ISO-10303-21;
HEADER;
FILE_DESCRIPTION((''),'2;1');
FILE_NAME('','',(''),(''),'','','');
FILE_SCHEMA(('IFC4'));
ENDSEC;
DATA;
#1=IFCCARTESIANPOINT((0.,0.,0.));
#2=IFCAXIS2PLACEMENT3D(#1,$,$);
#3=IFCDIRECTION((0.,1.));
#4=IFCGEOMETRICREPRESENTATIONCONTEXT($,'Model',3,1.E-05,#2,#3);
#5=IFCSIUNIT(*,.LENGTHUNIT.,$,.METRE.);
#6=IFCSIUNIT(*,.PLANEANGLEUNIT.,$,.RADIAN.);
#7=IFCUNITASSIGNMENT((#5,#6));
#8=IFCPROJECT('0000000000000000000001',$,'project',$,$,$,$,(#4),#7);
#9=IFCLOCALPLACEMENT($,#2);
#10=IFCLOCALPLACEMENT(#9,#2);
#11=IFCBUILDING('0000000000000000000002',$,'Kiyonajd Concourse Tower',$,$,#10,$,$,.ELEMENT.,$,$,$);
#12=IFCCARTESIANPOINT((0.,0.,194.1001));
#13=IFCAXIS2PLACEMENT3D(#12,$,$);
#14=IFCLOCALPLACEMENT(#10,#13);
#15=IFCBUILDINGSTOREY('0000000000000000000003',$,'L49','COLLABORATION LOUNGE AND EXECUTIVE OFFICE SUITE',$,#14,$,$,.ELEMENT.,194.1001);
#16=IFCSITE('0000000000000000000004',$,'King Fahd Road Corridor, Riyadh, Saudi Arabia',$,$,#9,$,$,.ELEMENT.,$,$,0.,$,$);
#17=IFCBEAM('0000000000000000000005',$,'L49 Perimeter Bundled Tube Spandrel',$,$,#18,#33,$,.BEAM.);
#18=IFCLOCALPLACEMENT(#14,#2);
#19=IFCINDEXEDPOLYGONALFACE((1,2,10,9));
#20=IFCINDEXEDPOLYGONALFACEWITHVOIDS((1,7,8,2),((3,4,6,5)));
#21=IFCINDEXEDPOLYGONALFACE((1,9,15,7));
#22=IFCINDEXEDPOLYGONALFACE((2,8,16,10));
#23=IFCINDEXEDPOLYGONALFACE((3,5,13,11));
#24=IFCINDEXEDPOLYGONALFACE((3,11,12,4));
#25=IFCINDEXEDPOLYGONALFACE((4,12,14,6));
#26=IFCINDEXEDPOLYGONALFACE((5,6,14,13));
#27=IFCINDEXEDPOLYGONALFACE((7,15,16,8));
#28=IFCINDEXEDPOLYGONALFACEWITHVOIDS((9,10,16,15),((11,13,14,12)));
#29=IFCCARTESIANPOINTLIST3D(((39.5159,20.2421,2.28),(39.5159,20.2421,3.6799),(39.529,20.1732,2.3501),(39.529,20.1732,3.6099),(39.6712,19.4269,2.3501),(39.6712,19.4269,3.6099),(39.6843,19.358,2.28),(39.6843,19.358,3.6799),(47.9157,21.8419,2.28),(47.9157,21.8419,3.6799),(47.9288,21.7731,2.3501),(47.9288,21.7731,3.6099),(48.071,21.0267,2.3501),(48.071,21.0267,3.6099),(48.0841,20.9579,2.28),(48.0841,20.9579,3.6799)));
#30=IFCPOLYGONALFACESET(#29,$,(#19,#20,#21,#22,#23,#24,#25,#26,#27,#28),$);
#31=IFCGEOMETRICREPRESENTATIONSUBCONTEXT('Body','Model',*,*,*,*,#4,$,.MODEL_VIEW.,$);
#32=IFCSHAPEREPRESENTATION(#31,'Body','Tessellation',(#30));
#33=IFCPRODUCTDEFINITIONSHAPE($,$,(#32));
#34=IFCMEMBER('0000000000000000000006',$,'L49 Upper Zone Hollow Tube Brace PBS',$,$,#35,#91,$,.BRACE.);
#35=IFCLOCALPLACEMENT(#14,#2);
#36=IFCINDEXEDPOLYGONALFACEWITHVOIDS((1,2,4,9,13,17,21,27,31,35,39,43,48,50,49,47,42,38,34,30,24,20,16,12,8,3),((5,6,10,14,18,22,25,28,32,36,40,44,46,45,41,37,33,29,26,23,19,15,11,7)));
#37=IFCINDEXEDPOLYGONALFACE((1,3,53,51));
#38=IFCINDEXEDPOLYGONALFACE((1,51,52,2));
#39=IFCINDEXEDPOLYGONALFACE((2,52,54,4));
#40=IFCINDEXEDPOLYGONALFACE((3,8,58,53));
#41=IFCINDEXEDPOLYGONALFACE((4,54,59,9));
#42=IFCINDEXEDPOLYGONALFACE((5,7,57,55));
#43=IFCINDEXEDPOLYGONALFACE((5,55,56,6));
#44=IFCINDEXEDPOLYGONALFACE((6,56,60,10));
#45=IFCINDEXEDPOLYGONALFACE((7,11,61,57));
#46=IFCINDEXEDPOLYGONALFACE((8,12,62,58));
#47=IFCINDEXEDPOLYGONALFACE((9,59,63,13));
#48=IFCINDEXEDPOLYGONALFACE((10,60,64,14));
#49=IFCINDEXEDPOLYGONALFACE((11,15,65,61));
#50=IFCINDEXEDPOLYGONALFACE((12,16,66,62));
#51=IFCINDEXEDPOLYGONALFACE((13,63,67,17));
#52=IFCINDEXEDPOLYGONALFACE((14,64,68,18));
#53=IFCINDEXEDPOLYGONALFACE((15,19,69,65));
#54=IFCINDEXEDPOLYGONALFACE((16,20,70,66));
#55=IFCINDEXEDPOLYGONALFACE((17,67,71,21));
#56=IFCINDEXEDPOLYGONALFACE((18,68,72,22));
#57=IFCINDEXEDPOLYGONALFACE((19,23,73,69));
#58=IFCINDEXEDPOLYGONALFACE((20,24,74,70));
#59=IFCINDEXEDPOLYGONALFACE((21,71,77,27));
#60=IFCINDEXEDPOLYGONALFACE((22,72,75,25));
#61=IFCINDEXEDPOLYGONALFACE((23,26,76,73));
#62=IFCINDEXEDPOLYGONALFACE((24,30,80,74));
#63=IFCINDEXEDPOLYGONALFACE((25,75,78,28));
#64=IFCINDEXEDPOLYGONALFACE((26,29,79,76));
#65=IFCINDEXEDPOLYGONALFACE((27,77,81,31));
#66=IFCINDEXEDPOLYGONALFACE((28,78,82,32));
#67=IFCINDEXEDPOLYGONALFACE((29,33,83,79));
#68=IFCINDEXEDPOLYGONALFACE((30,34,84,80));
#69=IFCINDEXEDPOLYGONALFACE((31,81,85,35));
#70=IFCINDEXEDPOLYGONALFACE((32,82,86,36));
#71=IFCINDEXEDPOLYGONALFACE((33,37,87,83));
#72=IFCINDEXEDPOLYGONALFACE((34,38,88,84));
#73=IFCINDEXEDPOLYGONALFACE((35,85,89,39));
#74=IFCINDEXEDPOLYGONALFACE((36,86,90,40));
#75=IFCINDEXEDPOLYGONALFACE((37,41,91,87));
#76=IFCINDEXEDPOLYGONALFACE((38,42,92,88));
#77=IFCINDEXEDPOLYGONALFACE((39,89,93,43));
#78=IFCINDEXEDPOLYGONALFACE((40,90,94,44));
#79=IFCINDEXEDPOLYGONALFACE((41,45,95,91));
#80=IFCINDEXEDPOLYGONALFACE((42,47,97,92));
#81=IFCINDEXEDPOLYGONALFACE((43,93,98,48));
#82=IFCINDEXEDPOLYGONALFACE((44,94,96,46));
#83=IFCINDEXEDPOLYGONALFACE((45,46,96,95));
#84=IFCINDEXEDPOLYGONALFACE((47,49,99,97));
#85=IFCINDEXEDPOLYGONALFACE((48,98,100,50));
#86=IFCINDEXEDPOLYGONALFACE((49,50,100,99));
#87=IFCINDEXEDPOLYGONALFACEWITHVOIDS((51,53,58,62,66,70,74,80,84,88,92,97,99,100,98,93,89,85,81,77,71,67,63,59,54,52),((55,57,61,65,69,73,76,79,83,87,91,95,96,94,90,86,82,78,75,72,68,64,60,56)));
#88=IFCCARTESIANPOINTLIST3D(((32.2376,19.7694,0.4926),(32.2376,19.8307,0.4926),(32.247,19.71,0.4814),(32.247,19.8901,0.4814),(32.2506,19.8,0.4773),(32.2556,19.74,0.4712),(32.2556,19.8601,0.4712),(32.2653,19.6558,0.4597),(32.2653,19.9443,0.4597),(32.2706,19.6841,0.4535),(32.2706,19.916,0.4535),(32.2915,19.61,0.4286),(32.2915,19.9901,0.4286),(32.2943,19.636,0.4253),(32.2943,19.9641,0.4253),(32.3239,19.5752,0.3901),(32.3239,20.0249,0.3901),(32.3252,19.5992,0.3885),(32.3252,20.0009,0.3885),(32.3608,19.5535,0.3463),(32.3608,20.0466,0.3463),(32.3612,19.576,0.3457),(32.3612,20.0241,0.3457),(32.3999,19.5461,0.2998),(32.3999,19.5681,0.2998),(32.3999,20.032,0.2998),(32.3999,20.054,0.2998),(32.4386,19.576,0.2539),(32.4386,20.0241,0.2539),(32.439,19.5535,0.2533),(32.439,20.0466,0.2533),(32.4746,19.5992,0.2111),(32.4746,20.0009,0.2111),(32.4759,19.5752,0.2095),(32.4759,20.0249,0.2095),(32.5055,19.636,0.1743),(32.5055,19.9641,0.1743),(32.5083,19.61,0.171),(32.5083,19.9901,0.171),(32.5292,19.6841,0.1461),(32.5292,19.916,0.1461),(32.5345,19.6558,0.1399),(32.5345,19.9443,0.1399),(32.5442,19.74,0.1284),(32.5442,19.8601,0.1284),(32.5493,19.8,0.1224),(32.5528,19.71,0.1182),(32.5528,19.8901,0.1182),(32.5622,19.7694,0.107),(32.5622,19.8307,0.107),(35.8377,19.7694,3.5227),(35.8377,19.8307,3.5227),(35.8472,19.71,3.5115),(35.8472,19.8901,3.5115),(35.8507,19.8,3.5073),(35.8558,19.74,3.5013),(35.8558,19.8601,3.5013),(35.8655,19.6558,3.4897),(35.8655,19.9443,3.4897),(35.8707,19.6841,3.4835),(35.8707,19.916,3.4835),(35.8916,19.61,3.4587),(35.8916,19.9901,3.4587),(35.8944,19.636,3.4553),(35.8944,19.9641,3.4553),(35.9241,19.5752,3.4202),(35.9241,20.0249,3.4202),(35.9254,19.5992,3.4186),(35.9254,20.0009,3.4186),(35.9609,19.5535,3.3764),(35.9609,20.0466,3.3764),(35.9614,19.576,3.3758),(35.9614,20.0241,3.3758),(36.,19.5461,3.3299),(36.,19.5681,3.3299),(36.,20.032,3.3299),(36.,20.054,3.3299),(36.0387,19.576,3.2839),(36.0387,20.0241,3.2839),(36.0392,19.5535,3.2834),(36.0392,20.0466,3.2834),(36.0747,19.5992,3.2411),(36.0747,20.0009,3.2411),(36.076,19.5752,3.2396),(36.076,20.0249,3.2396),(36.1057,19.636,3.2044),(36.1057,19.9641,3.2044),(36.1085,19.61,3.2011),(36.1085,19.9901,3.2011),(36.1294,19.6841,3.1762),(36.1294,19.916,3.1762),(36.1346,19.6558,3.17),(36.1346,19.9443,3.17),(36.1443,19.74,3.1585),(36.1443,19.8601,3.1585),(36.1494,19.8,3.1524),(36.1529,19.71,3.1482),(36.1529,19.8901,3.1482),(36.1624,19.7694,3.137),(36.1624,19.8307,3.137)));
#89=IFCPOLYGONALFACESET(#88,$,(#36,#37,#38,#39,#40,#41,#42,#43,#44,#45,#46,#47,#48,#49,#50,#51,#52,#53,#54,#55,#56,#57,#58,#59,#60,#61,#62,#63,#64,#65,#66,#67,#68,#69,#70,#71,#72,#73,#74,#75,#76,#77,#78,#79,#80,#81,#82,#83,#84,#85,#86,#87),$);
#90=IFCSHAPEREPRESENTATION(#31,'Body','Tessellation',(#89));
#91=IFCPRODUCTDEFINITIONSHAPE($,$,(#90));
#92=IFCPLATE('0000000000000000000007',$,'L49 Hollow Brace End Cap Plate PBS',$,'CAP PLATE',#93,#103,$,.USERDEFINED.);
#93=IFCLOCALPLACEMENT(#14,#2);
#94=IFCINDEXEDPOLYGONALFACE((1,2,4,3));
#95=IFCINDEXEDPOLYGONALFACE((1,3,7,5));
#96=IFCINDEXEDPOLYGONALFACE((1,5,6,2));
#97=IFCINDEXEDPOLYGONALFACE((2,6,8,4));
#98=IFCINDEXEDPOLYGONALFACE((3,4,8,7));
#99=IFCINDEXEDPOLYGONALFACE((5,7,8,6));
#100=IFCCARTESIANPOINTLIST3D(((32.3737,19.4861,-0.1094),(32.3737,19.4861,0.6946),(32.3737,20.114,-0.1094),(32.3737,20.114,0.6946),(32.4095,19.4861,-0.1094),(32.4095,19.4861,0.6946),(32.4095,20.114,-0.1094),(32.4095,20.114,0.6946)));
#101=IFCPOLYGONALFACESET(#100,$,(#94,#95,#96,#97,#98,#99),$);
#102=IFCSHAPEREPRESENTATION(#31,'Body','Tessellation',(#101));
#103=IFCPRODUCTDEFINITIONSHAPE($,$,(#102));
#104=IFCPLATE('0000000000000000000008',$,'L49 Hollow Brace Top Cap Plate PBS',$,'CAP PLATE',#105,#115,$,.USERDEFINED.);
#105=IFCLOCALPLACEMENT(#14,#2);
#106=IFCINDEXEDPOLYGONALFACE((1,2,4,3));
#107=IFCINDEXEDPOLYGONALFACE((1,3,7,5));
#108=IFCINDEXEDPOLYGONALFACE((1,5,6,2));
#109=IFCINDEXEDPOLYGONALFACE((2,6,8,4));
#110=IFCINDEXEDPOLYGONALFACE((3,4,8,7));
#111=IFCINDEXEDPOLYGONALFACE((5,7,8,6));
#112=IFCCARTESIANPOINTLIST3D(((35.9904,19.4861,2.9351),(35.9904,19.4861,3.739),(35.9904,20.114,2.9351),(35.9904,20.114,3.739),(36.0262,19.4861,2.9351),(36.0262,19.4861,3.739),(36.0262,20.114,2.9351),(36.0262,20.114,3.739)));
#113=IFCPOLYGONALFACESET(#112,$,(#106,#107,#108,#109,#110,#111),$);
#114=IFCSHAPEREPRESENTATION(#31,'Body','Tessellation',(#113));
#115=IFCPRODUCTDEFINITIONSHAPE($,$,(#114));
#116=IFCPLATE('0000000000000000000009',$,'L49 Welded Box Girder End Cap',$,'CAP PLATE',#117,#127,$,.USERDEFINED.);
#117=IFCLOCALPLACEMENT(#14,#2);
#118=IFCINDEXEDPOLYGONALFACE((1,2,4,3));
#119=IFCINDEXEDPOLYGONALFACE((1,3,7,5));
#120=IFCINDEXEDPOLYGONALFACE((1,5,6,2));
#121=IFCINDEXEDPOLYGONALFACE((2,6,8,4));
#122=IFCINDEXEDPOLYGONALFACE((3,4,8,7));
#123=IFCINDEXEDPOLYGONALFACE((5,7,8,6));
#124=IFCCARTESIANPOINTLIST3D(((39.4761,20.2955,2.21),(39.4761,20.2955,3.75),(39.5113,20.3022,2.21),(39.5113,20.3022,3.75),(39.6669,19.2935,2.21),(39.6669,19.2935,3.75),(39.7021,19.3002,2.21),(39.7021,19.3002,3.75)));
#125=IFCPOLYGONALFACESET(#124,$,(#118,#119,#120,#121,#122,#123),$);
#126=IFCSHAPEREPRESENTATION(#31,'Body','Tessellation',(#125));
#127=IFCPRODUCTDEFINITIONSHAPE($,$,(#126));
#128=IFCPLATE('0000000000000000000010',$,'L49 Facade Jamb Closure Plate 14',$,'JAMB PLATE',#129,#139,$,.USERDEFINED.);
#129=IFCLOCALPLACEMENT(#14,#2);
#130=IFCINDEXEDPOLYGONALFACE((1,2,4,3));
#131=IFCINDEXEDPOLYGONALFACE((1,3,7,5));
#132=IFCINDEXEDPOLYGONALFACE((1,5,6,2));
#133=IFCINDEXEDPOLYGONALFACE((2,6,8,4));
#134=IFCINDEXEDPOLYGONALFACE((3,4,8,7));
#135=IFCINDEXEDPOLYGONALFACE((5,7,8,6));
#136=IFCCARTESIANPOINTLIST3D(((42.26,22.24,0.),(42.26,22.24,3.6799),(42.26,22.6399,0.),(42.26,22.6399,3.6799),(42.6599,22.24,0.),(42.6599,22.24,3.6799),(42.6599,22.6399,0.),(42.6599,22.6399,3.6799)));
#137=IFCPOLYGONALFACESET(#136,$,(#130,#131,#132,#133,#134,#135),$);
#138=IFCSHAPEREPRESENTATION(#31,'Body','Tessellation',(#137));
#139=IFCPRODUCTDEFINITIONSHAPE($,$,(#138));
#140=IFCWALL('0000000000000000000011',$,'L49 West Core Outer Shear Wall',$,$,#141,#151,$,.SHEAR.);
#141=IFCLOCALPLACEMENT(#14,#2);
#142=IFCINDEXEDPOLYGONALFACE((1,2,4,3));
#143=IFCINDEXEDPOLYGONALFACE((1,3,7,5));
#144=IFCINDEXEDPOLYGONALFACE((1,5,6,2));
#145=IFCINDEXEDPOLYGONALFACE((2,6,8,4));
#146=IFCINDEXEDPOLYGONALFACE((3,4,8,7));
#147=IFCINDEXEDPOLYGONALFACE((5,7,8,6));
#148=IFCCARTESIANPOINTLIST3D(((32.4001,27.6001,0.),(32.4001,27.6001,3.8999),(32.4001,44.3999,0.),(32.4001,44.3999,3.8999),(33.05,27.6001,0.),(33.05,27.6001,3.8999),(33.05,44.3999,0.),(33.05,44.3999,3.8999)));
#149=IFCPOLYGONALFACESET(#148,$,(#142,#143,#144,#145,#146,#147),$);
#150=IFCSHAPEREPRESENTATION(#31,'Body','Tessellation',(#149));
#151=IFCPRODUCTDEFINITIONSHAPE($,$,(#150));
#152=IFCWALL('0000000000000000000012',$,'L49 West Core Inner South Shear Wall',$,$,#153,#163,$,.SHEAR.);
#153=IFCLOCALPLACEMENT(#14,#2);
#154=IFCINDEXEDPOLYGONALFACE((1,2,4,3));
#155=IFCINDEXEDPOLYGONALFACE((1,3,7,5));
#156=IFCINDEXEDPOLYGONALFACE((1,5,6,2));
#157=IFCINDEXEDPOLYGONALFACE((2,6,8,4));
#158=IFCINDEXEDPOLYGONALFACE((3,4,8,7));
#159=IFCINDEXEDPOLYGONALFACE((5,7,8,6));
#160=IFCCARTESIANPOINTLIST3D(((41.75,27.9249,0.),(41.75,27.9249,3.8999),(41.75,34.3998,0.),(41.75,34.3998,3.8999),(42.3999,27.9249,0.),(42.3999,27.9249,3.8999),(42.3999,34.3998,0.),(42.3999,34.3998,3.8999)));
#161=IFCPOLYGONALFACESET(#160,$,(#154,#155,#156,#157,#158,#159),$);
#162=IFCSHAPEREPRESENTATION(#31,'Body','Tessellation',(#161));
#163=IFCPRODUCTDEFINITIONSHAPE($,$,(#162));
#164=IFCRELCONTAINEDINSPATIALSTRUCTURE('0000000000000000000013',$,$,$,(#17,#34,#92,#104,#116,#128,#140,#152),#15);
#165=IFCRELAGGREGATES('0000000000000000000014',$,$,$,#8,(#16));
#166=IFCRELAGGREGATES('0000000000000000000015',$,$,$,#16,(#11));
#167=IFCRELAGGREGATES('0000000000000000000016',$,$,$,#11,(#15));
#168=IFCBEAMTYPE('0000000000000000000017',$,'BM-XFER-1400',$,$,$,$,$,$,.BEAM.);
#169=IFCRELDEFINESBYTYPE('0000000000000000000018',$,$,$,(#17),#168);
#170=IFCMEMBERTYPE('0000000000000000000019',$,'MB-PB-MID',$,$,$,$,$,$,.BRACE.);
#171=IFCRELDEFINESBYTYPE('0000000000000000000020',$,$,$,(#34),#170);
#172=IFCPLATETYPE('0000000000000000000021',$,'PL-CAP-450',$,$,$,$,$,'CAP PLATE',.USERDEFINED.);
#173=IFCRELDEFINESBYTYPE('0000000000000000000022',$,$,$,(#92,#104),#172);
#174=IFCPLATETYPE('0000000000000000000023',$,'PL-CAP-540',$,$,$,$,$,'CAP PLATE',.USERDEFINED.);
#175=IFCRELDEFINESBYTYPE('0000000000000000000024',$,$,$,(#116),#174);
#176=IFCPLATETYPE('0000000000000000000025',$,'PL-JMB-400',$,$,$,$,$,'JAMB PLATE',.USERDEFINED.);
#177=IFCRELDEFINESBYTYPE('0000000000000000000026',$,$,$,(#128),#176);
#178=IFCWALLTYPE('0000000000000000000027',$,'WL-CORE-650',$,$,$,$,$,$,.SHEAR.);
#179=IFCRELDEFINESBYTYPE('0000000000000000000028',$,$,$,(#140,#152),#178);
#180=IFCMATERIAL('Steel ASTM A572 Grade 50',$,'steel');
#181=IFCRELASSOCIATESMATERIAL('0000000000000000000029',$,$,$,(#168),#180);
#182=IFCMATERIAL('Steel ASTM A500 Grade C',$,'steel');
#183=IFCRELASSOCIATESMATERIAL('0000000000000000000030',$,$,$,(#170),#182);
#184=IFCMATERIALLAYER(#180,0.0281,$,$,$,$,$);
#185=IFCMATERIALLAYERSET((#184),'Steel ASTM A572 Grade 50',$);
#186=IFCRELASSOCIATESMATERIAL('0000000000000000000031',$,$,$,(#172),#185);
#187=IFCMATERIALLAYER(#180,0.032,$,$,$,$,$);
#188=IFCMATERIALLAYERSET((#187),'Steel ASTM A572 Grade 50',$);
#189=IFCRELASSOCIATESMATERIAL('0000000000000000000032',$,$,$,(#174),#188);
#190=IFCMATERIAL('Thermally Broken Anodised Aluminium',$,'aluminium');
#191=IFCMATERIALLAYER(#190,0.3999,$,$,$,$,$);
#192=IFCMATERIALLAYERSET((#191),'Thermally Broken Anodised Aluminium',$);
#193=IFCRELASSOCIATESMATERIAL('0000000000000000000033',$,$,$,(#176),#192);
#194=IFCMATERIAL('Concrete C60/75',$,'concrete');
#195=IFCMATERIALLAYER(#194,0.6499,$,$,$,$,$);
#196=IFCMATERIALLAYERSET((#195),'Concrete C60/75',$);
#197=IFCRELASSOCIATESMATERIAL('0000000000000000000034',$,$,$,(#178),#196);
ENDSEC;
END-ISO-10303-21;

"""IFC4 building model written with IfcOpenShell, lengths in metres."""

from ifc_helpers import new_model, si_unit, direction, frame, frame_2d, origin, origin_2d, place, context, subcontext, project, spatial, rectangle, hollow_rectangle, hollow_circle, extrude, material, layer, layer_set, material_profile, profile_set, type_object, element, save


model = new_model("IFC4")

# Units and contexts
model_context = context("Model", 3, precision=1e-05, world=origin(), true_north=direction((0.0, 1.0)))
body_context = subcontext(model_context, "Body", "Model", "MODEL_VIEW")
ifc_project = project(units=[si_unit("LENGTHUNIT", "METRE"), si_unit("PLANEANGLEUNIT", "RADIAN")], contexts=[model_context])

# Site, building, storey
site_placement = place(None, origin())
site = spatial("IfcSite", under=ifc_project, at=site_placement, Name="King Fahd Road Corridor, Riyadh, Saudi Arabia", CompositionType="ELEMENT", RefElevation=0.0)
building_placement = place(site_placement, origin())
building = spatial("IfcBuilding", under=site, at=building_placement, Name="Kiyonajd Concourse Tower", CompositionType="ELEMENT")
storey_placement = place(building_placement, frame((0.0, 0.0, 194.1001)))
storey = spatial("IfcBuildingStorey", under=building, at=storey_placement, Name="L49", Description="COLLABORATION LOUNGE AND EXECUTIVE OFFICE SUITE", CompositionType="ELEMENT", Elevation=194.1001)

# Beam
ifc_material_1 = material(Name="Concrete C60/75", Category="concrete")
ifc_material_2 = material(Name="Steel ASTM A572 Grade 50", Category="steel")
ifc_material_profile_1 = material_profile(ifc_material_2, hollow_rectangle(XDim=0.8999, YDim=1.3999, WallThickness=0.0701, at=origin_2d()), Name="BOX-1400x900x70")
ifc_profile_set_1 = profile_set([ifc_material_profile_1], Name="Steel ASTM A572 Grade 50")
beam_type_1 = type_object("IfcBeamType", Name="BM-XFER-1400", PredefinedType="BEAM", material=ifc_profile_set_1)
beam_1_placement = place(storey_placement, frame((39.6001, 19.8, 2.98), z_axis=(0.982341, 0.187098, 0.0), x_axis=(-0.187098, 0.982341, 0.0)))
element("IfcBeam", 1, at=beam_1_placement, inside=storey, type_object=beam_type_1, Name="L49 Perimeter Bundled Tube Spandrel", PredefinedType="BEAM", context=body_context, shape_type="SweptSolid", body=[
    extrude(hollow_rectangle(XDim=0.8999, YDim=1.3999, WallThickness=0.0701, at=origin_2d()), origin(), (0.0, 0.0, 1.0), 8.5508),
])

# Member
ifc_material_3 = material(Name="Steel ASTM A500 Grade C", Category="steel")
ifc_material_profile_2 = material_profile(ifc_material_3, hollow_circle(Radius=0.2539, WallThickness=0.022, at=origin_2d()), Name="CHS-508x22")
ifc_profile_set_2 = profile_set([ifc_material_profile_2], Name="Steel ASTM A500 Grade C")
member_type = type_object("IfcMemberType", Name="MB-PB-MID", PredefinedType="BRACE", material=ifc_profile_set_2)
member_placement = place(storey_placement, frame((32.3999, 19.8, 0.2998), z_axis=(0.765082, 0.0, 0.643933), x_axis=(0.0, 1.0, 0.0)))
element("IfcMember", 2, at=member_placement, inside=storey, type_object=member_type, Name="L49 Upper Zone Hollow Tube Brace PBS", PredefinedType="BRACE", context=body_context, shape_type="SweptSolid", body=[
    extrude(hollow_circle(Radius=0.2539, WallThickness=0.022, at=origin_2d()), origin(), (0.0, 0.0, 1.0), 4.7056),
])

# Plates
ifc_layer_1 = layer(ifc_material_2, 0.0281)
ifc_layer_set_1 = layer_set([ifc_layer_1], Name="Steel ASTM A572 Grade 50")
plate_type_1 = type_object("IfcPlateType", Name="PL-CAP-450", ElementType="CAP PLATE", PredefinedType="USERDEFINED", material=ifc_layer_set_1)
for number, where, z_axis, x_axis, name in (
    (3, (32.3916, 19.8, -0.1094), (0.0, 0.0, 1.0), (-1.0, 0.0, 0.0), "L49 Hollow Brace End Cap Plate PBS"),
    (4, (36.0083, 19.8, 2.9351), (0.0, 0.0, 1.0), (1.0, 0.0, 0.0), "L49 Hollow Brace Top Cap Plate PBS"),
):
    element("IfcPlate", number, at=place(storey_placement, frame(where, z_axis=z_axis, x_axis=x_axis)), inside=storey, type_object=plate_type_1, Name=name, ObjectType="CAP PLATE", PredefinedType="USERDEFINED", context=body_context, shape_type="SweptSolid", body=[
        extrude(rectangle(XDim=0.0359, YDim=0.6279, at=origin_2d()), origin(), (0.0, 0.0, 1.0), 0.804),
    ])
ifc_layer_2 = layer(ifc_material_2, 0.032)
ifc_layer_set_2 = layer_set([ifc_layer_2], Name="Steel ASTM A572 Grade 50")
plate_type_2 = type_object("IfcPlateType", Name="PL-CAP-540", ElementType="CAP PLATE", PredefinedType="USERDEFINED", material=ifc_layer_set_2)
plate_1_placement = place(storey_placement, frame((39.5891, 19.7979, 2.21), z_axis=(0.0, 0.0, 1.0), x_axis=(-0.982353, -0.187038, 0.0)))
element("IfcPlate", 5, at=plate_1_placement, inside=storey, type_object=plate_type_2, Name="L49 Welded Box Girder End Cap", ObjectType="CAP PLATE", PredefinedType="USERDEFINED", context=body_context, shape_type="SweptSolid", body=[
    extrude(rectangle(XDim=0.0359, YDim=1.02, at=origin_2d()), origin(), (0.0, 0.0, 1.0), 1.54),
])
ifc_material_4 = material(Name="Thermally Broken Anodised Aluminium", Category="aluminium")
ifc_layer_3 = layer(ifc_material_4, 0.3999)
ifc_layer_set_3 = layer_set([ifc_layer_3], Name="Thermally Broken Anodised Aluminium")
plate_type_3 = type_object("IfcPlateType", Name="PL-JMB-400", ElementType="JAMB PLATE", PredefinedType="USERDEFINED", material=ifc_layer_set_3)
plate_2_placement = place(storey_placement, frame((42.46, 22.4399, 0.0), z_axis=(0.0, 0.0, 1.0), x_axis=(1.0, 0.0, 0.0)))
element("IfcPlate", 6, at=plate_2_placement, inside=storey, type_object=plate_type_3, Name="L49 Facade Jamb Closure Plate 14", ObjectType="JAMB PLATE", PredefinedType="USERDEFINED", context=body_context, shape_type="SweptSolid", body=[
    extrude(rectangle(XDim=0.3999, YDim=0.3999, at=origin_2d()), origin(), (0.0, 0.0, 1.0), 3.6799),
])

# Walls
ifc_layer_4 = layer(ifc_material_1, 0.6499)
ifc_layer_set_4 = layer_set([ifc_layer_4], Name="Concrete C60/75")
wall_type_1 = type_object("IfcWallType", Name="WL-CORE-650", PredefinedType="SHEAR", material=ifc_layer_set_4)
wall_1_placement = place(storey_placement, frame((32.7251, 27.6001, 0.0), z_axis=(0.0, 0.0, 1.0), x_axis=(0.0, 1.0, 0.0)))
element("IfcWall", 7, at=wall_1_placement, inside=storey, type_object=wall_type_1, Name="L49 West Core Outer Shear Wall", PredefinedType="SHEAR", context=body_context, shape_type="SweptSolid", body=[
    extrude(rectangle(XDim=16.7998, YDim=0.6499, at=frame_2d((8.3999, 0.0))), origin(), (0.0, 0.0, 1.0), 3.8999),
])
wall_2_placement = place(storey_placement, frame((42.075, 27.925, 0.0), z_axis=(0.0, 0.0, 1.0), x_axis=(0.0, 1.0, 0.0)))
element("IfcWall", 8, at=wall_2_placement, inside=storey, type_object=wall_type_1, Name="L49 West Core Inner South Shear Wall", PredefinedType="SHEAR", context=body_context, shape_type="SweptSolid", body=[
    extrude(rectangle(XDim=6.4749, YDim=0.6499, at=frame_2d((3.2373, 0.0))), origin(), (0.0, 0.0, 1.0), 3.8999),
])

save(model, "model.ifc")
